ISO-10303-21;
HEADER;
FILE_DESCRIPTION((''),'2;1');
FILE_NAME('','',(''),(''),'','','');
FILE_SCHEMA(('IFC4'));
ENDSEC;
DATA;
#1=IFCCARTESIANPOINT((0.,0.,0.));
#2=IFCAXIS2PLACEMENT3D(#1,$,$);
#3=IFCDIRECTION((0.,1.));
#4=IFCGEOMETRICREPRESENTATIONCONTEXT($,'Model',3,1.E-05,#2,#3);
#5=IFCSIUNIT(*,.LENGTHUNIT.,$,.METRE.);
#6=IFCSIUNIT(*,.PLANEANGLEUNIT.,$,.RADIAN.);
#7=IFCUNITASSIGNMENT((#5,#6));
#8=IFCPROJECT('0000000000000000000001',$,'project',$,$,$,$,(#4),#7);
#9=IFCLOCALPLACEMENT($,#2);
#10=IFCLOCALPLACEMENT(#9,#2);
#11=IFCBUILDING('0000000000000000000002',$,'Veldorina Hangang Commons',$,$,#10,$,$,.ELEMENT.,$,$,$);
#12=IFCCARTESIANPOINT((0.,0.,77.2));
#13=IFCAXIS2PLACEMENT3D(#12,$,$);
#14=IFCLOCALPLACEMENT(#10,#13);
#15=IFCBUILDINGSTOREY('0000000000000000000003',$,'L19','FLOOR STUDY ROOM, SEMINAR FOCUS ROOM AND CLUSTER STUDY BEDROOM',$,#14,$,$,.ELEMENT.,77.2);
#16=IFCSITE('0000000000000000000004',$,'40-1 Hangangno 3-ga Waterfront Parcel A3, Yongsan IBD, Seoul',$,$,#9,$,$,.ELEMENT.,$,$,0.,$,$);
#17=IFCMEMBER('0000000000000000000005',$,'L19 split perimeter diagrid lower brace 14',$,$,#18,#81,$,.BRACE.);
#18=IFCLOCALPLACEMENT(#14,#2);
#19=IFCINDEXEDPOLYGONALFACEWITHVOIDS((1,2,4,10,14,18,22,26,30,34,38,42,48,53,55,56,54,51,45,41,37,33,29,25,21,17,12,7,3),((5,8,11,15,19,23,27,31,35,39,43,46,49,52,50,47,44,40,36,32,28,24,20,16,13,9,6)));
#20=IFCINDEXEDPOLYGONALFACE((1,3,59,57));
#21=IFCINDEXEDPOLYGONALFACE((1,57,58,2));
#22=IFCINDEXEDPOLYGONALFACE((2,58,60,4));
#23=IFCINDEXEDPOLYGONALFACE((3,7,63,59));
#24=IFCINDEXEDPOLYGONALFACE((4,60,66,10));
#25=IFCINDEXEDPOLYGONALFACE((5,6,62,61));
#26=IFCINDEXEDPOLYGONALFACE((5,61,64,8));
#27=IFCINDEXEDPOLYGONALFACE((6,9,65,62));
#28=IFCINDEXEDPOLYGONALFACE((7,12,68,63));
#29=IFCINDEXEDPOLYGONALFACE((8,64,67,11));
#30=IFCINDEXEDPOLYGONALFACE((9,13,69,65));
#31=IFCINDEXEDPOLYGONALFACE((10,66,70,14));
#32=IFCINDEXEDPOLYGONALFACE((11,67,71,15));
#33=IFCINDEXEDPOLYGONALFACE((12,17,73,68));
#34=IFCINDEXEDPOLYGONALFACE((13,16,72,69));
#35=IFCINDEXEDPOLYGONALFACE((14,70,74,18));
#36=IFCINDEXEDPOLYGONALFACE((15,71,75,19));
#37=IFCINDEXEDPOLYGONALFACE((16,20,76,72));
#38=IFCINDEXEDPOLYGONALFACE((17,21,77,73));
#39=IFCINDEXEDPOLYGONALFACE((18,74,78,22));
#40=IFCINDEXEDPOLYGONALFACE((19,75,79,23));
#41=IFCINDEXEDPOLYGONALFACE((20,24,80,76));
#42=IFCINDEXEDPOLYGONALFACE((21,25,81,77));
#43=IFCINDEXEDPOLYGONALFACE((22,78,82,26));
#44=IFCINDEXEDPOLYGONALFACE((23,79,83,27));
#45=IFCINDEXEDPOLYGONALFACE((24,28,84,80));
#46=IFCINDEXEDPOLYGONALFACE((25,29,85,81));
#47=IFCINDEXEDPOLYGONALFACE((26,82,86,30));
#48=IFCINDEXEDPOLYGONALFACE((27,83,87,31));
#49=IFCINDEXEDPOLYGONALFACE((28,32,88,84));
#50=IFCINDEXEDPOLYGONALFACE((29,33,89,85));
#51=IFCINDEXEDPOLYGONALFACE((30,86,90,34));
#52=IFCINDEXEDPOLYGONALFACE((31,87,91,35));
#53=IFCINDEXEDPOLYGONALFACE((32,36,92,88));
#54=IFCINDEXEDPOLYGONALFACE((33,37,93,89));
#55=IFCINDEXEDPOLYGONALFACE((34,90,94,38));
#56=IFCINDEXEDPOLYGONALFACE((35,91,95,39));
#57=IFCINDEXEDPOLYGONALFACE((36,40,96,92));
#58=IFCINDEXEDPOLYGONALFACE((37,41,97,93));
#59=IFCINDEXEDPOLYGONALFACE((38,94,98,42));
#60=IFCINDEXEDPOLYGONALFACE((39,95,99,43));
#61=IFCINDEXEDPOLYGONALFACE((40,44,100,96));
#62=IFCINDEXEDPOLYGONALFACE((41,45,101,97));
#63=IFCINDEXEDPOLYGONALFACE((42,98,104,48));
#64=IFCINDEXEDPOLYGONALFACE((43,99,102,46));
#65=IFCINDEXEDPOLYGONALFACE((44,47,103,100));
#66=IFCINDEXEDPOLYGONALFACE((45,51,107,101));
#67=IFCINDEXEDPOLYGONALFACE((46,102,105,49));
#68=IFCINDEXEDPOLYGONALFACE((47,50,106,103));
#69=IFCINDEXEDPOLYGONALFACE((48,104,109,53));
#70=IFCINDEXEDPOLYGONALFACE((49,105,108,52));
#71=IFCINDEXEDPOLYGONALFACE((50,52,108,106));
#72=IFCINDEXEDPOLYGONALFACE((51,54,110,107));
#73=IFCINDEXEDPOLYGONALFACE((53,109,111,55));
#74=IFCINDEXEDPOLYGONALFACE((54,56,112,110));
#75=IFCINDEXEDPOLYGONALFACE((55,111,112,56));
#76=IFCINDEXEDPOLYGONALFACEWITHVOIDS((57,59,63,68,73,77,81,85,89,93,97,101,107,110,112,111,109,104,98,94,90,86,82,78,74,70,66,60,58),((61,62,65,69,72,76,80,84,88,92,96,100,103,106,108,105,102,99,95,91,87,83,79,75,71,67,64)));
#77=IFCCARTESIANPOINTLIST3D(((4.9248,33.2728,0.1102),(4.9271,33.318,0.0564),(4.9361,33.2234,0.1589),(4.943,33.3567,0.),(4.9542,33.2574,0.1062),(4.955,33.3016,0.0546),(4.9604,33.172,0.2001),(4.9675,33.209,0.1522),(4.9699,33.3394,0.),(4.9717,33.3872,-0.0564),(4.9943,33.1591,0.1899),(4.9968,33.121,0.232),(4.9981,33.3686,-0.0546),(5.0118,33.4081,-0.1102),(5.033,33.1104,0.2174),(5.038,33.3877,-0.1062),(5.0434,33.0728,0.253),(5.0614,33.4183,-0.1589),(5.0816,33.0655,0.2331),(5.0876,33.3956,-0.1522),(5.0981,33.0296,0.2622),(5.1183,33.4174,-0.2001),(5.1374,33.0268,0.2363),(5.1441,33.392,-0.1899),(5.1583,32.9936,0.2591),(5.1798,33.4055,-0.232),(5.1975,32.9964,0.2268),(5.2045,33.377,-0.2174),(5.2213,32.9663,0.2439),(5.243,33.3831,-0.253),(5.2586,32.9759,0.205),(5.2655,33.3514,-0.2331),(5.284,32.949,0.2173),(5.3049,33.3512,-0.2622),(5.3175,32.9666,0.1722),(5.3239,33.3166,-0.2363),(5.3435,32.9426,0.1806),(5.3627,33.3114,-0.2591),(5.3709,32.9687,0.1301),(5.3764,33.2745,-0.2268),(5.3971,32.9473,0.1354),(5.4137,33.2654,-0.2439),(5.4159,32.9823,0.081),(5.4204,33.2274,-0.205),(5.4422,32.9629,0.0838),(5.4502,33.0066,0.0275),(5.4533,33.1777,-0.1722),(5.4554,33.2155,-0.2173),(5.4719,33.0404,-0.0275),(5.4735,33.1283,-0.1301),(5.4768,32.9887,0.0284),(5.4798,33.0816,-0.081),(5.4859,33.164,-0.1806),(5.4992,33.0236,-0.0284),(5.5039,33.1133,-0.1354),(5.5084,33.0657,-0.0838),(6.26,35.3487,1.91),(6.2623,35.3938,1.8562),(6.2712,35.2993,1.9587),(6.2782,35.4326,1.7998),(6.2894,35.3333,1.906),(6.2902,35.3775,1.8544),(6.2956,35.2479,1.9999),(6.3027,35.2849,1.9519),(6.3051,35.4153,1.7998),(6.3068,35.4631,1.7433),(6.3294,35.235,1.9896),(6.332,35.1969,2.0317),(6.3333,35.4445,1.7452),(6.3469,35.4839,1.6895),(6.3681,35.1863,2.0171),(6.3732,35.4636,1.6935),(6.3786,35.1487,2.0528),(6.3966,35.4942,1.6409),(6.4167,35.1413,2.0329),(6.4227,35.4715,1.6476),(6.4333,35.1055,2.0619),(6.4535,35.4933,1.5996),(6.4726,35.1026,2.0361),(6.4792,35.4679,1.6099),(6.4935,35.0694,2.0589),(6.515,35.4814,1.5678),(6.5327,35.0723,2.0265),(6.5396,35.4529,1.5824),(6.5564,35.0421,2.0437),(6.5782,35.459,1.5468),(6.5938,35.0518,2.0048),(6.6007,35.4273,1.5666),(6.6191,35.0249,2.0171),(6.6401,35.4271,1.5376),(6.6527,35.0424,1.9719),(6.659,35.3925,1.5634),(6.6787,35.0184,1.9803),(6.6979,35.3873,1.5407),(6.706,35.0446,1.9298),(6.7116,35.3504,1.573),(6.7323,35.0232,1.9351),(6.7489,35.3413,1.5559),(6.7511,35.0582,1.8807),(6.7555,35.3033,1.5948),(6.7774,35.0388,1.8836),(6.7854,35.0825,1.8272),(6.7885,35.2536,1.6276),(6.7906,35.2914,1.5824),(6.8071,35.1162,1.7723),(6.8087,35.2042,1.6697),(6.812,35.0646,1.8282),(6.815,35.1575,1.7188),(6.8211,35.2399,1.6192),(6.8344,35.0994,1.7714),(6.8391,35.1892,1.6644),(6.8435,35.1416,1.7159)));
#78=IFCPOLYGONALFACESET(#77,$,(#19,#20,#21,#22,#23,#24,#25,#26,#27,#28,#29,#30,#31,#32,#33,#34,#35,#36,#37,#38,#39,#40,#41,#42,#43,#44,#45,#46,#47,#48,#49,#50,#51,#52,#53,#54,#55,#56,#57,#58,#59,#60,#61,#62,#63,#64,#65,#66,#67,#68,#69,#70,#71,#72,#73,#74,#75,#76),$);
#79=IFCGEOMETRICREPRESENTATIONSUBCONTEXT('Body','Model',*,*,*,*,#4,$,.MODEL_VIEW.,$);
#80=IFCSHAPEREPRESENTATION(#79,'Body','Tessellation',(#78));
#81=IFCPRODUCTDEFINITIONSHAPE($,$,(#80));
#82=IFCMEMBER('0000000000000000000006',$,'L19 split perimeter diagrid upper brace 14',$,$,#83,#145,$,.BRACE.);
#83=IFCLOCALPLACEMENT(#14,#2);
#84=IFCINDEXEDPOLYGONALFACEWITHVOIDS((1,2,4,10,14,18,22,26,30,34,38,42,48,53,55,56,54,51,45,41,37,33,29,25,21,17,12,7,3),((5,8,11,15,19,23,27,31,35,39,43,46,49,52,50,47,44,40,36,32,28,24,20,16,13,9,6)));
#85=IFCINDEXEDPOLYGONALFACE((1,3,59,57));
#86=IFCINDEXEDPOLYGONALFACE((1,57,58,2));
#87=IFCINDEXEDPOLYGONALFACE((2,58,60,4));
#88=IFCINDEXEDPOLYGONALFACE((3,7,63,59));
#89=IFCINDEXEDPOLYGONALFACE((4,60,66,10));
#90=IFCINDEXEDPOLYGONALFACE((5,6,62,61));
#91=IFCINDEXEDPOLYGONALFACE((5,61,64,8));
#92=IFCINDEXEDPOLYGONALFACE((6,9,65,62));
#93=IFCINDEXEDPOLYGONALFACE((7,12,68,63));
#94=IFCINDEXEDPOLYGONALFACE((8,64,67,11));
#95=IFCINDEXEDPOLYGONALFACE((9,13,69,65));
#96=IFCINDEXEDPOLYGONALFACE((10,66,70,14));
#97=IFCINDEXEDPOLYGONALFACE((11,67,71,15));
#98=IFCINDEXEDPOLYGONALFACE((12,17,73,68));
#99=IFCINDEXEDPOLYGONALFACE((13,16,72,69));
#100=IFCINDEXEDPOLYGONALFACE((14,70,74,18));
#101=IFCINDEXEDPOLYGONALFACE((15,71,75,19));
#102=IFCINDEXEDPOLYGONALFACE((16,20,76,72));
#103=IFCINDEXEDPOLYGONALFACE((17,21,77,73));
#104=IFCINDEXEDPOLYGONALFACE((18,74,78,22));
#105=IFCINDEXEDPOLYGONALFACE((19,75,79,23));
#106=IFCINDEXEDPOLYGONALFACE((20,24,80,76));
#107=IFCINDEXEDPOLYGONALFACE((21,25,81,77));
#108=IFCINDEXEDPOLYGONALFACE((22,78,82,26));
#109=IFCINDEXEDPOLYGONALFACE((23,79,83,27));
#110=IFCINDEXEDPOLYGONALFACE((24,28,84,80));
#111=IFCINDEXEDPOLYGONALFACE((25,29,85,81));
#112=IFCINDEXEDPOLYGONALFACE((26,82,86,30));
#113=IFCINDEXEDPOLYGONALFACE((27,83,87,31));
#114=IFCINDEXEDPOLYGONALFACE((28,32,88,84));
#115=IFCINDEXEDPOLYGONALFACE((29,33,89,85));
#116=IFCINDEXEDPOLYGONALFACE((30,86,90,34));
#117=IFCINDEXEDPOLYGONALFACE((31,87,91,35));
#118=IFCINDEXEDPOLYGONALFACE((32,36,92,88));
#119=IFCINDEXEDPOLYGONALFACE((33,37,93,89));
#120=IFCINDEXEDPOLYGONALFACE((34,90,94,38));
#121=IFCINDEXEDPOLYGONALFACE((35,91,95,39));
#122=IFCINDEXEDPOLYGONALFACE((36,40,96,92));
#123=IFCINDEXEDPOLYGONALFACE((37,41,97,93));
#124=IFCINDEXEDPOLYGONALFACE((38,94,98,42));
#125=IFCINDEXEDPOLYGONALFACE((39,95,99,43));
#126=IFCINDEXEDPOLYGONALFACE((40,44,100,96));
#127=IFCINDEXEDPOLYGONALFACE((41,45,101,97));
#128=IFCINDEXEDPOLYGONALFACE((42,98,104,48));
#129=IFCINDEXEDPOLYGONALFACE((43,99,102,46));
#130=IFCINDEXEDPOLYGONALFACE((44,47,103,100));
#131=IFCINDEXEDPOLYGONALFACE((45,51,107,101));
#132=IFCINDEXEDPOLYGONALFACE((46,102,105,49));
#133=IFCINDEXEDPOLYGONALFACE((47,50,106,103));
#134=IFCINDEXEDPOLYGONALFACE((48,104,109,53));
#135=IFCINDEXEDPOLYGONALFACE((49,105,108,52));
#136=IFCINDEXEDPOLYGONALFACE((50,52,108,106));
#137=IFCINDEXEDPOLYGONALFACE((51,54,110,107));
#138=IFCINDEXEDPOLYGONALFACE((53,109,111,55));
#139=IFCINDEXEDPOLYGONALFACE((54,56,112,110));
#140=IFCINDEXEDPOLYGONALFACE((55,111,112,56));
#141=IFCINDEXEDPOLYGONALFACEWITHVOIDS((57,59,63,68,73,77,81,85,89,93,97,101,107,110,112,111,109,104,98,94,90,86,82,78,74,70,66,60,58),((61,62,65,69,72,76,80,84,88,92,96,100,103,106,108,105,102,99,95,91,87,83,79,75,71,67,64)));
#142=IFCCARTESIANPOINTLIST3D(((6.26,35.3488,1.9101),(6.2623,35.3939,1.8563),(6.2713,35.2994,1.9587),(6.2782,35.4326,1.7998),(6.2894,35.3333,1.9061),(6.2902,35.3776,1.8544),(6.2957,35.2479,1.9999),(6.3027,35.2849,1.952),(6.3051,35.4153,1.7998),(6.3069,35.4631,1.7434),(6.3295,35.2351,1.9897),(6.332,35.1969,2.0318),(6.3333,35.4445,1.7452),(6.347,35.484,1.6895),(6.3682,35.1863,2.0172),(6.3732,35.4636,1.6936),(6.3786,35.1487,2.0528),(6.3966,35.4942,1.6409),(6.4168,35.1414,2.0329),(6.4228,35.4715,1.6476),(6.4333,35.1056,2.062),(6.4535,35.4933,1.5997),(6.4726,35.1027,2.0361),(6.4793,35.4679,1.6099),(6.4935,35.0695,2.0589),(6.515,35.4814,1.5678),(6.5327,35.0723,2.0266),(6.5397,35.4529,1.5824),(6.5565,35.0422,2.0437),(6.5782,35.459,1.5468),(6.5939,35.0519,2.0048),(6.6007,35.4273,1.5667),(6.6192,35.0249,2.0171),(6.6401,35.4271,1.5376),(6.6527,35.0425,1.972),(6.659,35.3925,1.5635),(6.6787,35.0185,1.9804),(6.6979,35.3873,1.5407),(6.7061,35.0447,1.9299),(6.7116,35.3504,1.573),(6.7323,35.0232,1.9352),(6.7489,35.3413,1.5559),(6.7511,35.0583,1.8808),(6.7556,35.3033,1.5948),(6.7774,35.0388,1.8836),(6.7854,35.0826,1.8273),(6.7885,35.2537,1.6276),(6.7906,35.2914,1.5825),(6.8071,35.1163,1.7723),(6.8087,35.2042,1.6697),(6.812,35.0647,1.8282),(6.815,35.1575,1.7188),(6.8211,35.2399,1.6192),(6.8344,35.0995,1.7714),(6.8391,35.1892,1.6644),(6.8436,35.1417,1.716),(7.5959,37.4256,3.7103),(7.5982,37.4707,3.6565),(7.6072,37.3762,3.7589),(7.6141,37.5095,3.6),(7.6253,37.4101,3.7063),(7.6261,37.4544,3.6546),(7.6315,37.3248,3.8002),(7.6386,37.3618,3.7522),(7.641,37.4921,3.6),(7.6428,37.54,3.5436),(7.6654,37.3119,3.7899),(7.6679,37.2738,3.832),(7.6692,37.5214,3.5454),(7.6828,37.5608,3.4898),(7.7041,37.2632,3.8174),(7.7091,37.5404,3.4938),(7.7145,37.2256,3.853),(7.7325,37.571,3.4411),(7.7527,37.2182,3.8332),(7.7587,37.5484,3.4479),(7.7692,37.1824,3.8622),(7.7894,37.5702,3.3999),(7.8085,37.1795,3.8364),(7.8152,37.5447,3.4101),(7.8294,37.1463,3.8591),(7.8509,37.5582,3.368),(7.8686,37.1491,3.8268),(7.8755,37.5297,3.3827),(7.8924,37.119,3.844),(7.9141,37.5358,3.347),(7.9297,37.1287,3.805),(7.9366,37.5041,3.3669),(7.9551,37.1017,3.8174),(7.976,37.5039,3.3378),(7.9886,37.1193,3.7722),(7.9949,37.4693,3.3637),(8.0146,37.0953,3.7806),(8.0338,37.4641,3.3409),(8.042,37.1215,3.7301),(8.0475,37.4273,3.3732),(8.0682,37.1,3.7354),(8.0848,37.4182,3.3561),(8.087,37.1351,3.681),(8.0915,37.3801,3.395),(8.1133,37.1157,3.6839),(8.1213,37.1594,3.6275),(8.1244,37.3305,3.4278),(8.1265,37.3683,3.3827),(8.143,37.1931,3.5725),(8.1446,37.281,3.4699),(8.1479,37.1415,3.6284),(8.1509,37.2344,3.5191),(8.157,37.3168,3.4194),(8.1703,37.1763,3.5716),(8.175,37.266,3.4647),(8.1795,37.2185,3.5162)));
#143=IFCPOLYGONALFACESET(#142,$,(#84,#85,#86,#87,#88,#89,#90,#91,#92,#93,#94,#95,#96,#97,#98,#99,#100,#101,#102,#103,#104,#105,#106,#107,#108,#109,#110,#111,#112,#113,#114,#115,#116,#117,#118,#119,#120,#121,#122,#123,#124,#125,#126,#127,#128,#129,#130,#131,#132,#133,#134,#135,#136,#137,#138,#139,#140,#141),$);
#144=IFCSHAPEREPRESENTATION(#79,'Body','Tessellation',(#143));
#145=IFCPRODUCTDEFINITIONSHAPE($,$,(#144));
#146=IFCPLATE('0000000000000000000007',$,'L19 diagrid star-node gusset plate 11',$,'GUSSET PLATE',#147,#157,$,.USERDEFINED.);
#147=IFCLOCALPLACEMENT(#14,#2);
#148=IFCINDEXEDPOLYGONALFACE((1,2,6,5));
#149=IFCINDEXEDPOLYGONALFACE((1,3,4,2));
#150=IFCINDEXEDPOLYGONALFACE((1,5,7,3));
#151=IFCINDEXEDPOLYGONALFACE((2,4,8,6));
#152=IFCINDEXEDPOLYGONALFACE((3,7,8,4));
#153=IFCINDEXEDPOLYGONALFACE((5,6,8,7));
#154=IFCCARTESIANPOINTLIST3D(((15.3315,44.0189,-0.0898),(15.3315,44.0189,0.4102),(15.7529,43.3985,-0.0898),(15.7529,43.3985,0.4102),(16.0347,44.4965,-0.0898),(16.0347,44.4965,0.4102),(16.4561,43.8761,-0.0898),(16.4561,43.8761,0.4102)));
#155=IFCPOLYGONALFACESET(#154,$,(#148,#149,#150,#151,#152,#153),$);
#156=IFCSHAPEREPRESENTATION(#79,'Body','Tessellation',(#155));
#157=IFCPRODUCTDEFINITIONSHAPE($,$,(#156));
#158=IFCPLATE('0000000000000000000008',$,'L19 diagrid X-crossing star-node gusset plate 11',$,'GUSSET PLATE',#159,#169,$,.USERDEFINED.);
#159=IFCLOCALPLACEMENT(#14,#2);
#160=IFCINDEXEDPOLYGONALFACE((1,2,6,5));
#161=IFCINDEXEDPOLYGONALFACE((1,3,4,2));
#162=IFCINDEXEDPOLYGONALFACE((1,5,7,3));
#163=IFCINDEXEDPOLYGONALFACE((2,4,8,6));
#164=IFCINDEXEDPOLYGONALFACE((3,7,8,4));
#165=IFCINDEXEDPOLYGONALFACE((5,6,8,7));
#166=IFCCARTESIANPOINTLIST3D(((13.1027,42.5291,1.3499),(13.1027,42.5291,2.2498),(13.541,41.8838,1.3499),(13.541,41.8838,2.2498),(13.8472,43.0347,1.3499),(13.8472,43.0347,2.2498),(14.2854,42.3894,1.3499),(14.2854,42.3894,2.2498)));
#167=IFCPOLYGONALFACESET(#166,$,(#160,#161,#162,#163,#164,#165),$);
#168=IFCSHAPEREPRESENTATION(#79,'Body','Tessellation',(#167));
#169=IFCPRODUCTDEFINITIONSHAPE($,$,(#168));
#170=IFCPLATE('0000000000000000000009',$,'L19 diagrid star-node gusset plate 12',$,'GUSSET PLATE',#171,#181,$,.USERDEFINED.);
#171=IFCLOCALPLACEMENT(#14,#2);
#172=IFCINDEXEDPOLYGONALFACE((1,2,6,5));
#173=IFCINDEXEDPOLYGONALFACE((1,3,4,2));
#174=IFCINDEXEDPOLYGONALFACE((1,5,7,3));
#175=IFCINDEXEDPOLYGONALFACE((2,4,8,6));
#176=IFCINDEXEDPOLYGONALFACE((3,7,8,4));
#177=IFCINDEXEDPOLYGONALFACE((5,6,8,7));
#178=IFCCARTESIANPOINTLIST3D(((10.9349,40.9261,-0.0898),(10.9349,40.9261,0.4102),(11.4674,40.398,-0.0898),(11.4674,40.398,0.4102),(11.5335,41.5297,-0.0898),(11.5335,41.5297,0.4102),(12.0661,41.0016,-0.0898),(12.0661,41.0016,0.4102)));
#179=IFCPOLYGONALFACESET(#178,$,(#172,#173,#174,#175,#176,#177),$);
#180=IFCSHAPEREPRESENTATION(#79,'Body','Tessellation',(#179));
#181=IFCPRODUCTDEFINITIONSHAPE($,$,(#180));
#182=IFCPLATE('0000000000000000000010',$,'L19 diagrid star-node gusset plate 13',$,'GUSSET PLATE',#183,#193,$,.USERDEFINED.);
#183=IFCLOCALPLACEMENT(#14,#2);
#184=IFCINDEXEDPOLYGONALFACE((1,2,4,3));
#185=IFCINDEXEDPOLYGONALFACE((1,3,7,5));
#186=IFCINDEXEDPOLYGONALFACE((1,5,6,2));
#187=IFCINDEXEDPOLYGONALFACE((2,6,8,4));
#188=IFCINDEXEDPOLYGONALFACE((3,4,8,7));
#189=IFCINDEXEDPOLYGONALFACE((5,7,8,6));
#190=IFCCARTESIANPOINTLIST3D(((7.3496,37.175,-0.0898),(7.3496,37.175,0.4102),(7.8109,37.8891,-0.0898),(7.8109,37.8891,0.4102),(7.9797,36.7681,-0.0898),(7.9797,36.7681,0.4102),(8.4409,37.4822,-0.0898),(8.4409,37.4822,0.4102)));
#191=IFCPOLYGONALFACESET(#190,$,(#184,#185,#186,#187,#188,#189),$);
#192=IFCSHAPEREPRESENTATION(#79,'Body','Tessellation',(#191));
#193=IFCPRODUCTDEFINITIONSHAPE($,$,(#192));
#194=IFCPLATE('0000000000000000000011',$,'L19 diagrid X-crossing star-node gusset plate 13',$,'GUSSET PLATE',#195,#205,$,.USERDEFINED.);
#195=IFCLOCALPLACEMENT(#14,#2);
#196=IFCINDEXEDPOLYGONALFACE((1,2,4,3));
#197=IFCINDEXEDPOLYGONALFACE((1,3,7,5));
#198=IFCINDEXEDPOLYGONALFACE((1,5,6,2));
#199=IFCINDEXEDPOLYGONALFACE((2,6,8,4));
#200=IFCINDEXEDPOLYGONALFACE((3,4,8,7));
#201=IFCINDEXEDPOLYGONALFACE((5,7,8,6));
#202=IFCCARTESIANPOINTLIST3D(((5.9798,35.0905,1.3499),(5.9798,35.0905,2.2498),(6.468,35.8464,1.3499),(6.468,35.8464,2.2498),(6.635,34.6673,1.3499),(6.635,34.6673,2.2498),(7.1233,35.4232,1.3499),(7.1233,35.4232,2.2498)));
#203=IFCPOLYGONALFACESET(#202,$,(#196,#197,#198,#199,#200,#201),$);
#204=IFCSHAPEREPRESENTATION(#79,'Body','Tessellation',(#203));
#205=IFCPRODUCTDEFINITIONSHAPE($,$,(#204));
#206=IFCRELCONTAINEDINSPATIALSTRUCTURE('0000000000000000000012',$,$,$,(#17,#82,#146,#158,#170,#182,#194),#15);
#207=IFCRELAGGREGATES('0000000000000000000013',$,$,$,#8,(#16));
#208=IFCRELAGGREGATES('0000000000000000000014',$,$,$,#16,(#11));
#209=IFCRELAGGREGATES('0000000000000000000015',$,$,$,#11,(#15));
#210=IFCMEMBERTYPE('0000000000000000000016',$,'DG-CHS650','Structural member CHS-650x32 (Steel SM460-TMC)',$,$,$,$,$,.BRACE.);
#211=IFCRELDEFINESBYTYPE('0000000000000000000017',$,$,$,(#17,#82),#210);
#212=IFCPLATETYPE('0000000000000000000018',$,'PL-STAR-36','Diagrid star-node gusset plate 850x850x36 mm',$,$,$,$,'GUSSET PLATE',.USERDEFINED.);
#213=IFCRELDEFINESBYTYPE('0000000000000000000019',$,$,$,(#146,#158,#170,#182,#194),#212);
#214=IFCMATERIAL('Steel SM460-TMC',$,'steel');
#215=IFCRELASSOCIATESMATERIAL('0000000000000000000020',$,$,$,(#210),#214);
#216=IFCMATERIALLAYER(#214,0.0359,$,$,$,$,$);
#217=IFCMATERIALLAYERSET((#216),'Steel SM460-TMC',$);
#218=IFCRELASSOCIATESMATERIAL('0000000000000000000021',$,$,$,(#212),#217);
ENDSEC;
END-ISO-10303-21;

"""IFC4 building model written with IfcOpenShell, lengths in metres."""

from ifc_helpers import new_model, si_unit, direction, frame, origin, origin_2d, place, context, subcontext, project, spatial, rectangle, hollow_circle, extrude, material, layer, layer_set, material_profile, profile_set, type_object, element, save


model = new_model("IFC4")

# Units and contexts
model_context = context("Model", 3, precision=1e-05, world=origin(), true_north=direction((0.0, 1.0)))
body_context = subcontext(model_context, "Body", "Model", "MODEL_VIEW")
ifc_project = project(units=[si_unit("LENGTHUNIT", "METRE"), si_unit("PLANEANGLEUNIT", "RADIAN")], contexts=[model_context])

# Site, building, storey
site_placement = place(None, origin())
site = spatial("IfcSite", under=ifc_project, at=site_placement, Name="40-1 Hangangno 3-ga Waterfront Parcel A3, Yongsan IBD, Seoul", CompositionType="ELEMENT", RefElevation=0.0)
building_placement = place(site_placement, origin())
building = spatial("IfcBuilding", under=site, at=building_placement, Name="Veldorina Hangang Commons", CompositionType="ELEMENT")
storey_placement = place(building_placement, frame((0.0, 0.0, 77.2)))
storey = spatial("IfcBuildingStorey", under=building, at=storey_placement, Name="L19", Description="FLOOR STUDY ROOM, SEMINAR FOCUS ROOM AND CLUSTER STUDY BEDROOM", CompositionType="ELEMENT", Elevation=77.2)

# Members
ifc_material_1 = material(Name="Steel SM460-TMC", Category="steel")
ifc_material_profile_1 = material_profile(ifc_material_1, hollow_circle(Radius=0.325, WallThickness=0.032, at=origin_2d()), Name="CHS-650x32")
ifc_profile_set_1 = profile_set([ifc_material_profile_1], Name="Steel SM460-TMC")
member_type = type_object("IfcMemberType", Name="DG-CHS650", Description="Structural member CHS-650x32 (Steel SM460-TMC)", PredefinedType="BRACE", material=ifc_profile_set_1)
member_1_placement = place(storey_placement, frame((5.2163, 33.1809, 0.0), z_axis=(0.43709, 0.679572, 0.589181), x_axis=(-0.841053, 0.540953, 0.0)))
element("IfcMember", 1, at=member_1_placement, inside=storey, type_object=member_type, Name="L19 split perimeter diagrid lower brace 14", PredefinedType="BRACE", context=body_context, shape_type="SweptSolid", body=[
    extrude(hollow_circle(Radius=0.325, WallThickness=0.032, at=origin_2d()), origin(), (0.0, 0.0, 1.0), 3.0547),
])
member_2_placement = place(storey_placement, frame((6.5515, 35.2568, 1.7998), z_axis=(0.437148, 0.679609, 0.589095), x_axis=(-0.841034, 0.540982, 0.0)))
element("IfcMember", 2, at=member_2_placement, inside=storey, type_object=member_type, Name="L19 split perimeter diagrid upper brace 14", PredefinedType="BRACE", context=body_context, shape_type="SweptSolid", body=[
    extrude(hollow_circle(Radius=0.325, WallThickness=0.032, at=origin_2d()), origin(), (0.0, 0.0, 1.0), 3.0559),
])

# Plates
ifc_layer_1 = layer(ifc_material_1, 0.0359)
ifc_layer_set_1 = layer_set([ifc_layer_1], Name="Steel SM460-TMC")
plate_type = type_object("IfcPlateType", Name="PL-STAR-36", Description="Diagrid star-node gusset plate 850x850x36 mm", ElementType="GUSSET PLATE", PredefinedType="USERDEFINED", material=ifc_layer_set_1)
plate_1_placement = place(storey_placement, frame((15.8938, 43.9475, -0.0898), z_axis=(0.0, 0.0, 1.0), x_axis=(-0.827247, -0.561838, 0.0)))
element("IfcPlate", 3, at=plate_1_placement, inside=storey, type_object=plate_type, Name="L19 diagrid star-node gusset plate 11", ObjectType="GUSSET PLATE", PredefinedType="USERDEFINED", context=body_context, shape_type="SweptSolid", body=[
    extrude(rectangle(XDim=0.8501, YDim=0.75, at=origin_2d()), origin(), (0.0, 0.0, 1.0), 0.5),
])
plate_2_placement = place(storey_placement, frame((13.6941, 42.4592, 1.3499), z_axis=(0.0, 0.0, 1.0), x_axis=(-0.827247, -0.561838, 0.0)))
element("IfcPlate", 4, at=plate_2_placement, inside=storey, type_object=plate_type, Name="L19 diagrid X-crossing star-node gusset plate 11", ObjectType="GUSSET PLATE", PredefinedType="USERDEFINED", context=body_context, shape_type="SweptSolid", body=[
    extrude(rectangle(XDim=0.8999, YDim=0.78, at=origin_2d()), origin(), (0.0, 0.0, 1.0), 0.8999),
])
for number, where, z_axis, x_axis, name in (
    (5, (11.5005, 40.9639, -0.0898), (0.0, 0.0, 1.0), (-0.704176, -0.710026, 0.0), "L19 diagrid star-node gusset plate 12"),
    (6, (7.8953, 37.3286, -0.0898), (0.0, 0.0, 1.0), (-0.542559, -0.840018, 0.0), "L19 diagrid star-node gusset plate 13"),
):
    element("IfcPlate", number, at=place(storey_placement, frame(where, z_axis=z_axis, x_axis=x_axis)), inside=storey, type_object=plate_type, Name=name, ObjectType="GUSSET PLATE", PredefinedType="USERDEFINED", context=body_context, shape_type="SweptSolid", body=[
        extrude(rectangle(XDim=0.8501, YDim=0.75, at=origin_2d()), origin(), (0.0, 0.0, 1.0), 0.5),
    ])
plate_3_placement = place(storey_placement, frame((6.5515, 35.2568, 1.3499), z_axis=(0.0, 0.0, 1.0), x_axis=(-0.542559, -0.840018, 0.0)))
element("IfcPlate", 7, at=plate_3_placement, inside=storey, type_object=plate_type, Name="L19 diagrid X-crossing star-node gusset plate 13", ObjectType="GUSSET PLATE", PredefinedType="USERDEFINED", context=body_context, shape_type="SweptSolid", body=[
    extrude(rectangle(XDim=0.8999, YDim=0.78, at=origin_2d()), origin(), (0.0, 0.0, 1.0), 0.8999),
])

save(model, "model.ifc")
